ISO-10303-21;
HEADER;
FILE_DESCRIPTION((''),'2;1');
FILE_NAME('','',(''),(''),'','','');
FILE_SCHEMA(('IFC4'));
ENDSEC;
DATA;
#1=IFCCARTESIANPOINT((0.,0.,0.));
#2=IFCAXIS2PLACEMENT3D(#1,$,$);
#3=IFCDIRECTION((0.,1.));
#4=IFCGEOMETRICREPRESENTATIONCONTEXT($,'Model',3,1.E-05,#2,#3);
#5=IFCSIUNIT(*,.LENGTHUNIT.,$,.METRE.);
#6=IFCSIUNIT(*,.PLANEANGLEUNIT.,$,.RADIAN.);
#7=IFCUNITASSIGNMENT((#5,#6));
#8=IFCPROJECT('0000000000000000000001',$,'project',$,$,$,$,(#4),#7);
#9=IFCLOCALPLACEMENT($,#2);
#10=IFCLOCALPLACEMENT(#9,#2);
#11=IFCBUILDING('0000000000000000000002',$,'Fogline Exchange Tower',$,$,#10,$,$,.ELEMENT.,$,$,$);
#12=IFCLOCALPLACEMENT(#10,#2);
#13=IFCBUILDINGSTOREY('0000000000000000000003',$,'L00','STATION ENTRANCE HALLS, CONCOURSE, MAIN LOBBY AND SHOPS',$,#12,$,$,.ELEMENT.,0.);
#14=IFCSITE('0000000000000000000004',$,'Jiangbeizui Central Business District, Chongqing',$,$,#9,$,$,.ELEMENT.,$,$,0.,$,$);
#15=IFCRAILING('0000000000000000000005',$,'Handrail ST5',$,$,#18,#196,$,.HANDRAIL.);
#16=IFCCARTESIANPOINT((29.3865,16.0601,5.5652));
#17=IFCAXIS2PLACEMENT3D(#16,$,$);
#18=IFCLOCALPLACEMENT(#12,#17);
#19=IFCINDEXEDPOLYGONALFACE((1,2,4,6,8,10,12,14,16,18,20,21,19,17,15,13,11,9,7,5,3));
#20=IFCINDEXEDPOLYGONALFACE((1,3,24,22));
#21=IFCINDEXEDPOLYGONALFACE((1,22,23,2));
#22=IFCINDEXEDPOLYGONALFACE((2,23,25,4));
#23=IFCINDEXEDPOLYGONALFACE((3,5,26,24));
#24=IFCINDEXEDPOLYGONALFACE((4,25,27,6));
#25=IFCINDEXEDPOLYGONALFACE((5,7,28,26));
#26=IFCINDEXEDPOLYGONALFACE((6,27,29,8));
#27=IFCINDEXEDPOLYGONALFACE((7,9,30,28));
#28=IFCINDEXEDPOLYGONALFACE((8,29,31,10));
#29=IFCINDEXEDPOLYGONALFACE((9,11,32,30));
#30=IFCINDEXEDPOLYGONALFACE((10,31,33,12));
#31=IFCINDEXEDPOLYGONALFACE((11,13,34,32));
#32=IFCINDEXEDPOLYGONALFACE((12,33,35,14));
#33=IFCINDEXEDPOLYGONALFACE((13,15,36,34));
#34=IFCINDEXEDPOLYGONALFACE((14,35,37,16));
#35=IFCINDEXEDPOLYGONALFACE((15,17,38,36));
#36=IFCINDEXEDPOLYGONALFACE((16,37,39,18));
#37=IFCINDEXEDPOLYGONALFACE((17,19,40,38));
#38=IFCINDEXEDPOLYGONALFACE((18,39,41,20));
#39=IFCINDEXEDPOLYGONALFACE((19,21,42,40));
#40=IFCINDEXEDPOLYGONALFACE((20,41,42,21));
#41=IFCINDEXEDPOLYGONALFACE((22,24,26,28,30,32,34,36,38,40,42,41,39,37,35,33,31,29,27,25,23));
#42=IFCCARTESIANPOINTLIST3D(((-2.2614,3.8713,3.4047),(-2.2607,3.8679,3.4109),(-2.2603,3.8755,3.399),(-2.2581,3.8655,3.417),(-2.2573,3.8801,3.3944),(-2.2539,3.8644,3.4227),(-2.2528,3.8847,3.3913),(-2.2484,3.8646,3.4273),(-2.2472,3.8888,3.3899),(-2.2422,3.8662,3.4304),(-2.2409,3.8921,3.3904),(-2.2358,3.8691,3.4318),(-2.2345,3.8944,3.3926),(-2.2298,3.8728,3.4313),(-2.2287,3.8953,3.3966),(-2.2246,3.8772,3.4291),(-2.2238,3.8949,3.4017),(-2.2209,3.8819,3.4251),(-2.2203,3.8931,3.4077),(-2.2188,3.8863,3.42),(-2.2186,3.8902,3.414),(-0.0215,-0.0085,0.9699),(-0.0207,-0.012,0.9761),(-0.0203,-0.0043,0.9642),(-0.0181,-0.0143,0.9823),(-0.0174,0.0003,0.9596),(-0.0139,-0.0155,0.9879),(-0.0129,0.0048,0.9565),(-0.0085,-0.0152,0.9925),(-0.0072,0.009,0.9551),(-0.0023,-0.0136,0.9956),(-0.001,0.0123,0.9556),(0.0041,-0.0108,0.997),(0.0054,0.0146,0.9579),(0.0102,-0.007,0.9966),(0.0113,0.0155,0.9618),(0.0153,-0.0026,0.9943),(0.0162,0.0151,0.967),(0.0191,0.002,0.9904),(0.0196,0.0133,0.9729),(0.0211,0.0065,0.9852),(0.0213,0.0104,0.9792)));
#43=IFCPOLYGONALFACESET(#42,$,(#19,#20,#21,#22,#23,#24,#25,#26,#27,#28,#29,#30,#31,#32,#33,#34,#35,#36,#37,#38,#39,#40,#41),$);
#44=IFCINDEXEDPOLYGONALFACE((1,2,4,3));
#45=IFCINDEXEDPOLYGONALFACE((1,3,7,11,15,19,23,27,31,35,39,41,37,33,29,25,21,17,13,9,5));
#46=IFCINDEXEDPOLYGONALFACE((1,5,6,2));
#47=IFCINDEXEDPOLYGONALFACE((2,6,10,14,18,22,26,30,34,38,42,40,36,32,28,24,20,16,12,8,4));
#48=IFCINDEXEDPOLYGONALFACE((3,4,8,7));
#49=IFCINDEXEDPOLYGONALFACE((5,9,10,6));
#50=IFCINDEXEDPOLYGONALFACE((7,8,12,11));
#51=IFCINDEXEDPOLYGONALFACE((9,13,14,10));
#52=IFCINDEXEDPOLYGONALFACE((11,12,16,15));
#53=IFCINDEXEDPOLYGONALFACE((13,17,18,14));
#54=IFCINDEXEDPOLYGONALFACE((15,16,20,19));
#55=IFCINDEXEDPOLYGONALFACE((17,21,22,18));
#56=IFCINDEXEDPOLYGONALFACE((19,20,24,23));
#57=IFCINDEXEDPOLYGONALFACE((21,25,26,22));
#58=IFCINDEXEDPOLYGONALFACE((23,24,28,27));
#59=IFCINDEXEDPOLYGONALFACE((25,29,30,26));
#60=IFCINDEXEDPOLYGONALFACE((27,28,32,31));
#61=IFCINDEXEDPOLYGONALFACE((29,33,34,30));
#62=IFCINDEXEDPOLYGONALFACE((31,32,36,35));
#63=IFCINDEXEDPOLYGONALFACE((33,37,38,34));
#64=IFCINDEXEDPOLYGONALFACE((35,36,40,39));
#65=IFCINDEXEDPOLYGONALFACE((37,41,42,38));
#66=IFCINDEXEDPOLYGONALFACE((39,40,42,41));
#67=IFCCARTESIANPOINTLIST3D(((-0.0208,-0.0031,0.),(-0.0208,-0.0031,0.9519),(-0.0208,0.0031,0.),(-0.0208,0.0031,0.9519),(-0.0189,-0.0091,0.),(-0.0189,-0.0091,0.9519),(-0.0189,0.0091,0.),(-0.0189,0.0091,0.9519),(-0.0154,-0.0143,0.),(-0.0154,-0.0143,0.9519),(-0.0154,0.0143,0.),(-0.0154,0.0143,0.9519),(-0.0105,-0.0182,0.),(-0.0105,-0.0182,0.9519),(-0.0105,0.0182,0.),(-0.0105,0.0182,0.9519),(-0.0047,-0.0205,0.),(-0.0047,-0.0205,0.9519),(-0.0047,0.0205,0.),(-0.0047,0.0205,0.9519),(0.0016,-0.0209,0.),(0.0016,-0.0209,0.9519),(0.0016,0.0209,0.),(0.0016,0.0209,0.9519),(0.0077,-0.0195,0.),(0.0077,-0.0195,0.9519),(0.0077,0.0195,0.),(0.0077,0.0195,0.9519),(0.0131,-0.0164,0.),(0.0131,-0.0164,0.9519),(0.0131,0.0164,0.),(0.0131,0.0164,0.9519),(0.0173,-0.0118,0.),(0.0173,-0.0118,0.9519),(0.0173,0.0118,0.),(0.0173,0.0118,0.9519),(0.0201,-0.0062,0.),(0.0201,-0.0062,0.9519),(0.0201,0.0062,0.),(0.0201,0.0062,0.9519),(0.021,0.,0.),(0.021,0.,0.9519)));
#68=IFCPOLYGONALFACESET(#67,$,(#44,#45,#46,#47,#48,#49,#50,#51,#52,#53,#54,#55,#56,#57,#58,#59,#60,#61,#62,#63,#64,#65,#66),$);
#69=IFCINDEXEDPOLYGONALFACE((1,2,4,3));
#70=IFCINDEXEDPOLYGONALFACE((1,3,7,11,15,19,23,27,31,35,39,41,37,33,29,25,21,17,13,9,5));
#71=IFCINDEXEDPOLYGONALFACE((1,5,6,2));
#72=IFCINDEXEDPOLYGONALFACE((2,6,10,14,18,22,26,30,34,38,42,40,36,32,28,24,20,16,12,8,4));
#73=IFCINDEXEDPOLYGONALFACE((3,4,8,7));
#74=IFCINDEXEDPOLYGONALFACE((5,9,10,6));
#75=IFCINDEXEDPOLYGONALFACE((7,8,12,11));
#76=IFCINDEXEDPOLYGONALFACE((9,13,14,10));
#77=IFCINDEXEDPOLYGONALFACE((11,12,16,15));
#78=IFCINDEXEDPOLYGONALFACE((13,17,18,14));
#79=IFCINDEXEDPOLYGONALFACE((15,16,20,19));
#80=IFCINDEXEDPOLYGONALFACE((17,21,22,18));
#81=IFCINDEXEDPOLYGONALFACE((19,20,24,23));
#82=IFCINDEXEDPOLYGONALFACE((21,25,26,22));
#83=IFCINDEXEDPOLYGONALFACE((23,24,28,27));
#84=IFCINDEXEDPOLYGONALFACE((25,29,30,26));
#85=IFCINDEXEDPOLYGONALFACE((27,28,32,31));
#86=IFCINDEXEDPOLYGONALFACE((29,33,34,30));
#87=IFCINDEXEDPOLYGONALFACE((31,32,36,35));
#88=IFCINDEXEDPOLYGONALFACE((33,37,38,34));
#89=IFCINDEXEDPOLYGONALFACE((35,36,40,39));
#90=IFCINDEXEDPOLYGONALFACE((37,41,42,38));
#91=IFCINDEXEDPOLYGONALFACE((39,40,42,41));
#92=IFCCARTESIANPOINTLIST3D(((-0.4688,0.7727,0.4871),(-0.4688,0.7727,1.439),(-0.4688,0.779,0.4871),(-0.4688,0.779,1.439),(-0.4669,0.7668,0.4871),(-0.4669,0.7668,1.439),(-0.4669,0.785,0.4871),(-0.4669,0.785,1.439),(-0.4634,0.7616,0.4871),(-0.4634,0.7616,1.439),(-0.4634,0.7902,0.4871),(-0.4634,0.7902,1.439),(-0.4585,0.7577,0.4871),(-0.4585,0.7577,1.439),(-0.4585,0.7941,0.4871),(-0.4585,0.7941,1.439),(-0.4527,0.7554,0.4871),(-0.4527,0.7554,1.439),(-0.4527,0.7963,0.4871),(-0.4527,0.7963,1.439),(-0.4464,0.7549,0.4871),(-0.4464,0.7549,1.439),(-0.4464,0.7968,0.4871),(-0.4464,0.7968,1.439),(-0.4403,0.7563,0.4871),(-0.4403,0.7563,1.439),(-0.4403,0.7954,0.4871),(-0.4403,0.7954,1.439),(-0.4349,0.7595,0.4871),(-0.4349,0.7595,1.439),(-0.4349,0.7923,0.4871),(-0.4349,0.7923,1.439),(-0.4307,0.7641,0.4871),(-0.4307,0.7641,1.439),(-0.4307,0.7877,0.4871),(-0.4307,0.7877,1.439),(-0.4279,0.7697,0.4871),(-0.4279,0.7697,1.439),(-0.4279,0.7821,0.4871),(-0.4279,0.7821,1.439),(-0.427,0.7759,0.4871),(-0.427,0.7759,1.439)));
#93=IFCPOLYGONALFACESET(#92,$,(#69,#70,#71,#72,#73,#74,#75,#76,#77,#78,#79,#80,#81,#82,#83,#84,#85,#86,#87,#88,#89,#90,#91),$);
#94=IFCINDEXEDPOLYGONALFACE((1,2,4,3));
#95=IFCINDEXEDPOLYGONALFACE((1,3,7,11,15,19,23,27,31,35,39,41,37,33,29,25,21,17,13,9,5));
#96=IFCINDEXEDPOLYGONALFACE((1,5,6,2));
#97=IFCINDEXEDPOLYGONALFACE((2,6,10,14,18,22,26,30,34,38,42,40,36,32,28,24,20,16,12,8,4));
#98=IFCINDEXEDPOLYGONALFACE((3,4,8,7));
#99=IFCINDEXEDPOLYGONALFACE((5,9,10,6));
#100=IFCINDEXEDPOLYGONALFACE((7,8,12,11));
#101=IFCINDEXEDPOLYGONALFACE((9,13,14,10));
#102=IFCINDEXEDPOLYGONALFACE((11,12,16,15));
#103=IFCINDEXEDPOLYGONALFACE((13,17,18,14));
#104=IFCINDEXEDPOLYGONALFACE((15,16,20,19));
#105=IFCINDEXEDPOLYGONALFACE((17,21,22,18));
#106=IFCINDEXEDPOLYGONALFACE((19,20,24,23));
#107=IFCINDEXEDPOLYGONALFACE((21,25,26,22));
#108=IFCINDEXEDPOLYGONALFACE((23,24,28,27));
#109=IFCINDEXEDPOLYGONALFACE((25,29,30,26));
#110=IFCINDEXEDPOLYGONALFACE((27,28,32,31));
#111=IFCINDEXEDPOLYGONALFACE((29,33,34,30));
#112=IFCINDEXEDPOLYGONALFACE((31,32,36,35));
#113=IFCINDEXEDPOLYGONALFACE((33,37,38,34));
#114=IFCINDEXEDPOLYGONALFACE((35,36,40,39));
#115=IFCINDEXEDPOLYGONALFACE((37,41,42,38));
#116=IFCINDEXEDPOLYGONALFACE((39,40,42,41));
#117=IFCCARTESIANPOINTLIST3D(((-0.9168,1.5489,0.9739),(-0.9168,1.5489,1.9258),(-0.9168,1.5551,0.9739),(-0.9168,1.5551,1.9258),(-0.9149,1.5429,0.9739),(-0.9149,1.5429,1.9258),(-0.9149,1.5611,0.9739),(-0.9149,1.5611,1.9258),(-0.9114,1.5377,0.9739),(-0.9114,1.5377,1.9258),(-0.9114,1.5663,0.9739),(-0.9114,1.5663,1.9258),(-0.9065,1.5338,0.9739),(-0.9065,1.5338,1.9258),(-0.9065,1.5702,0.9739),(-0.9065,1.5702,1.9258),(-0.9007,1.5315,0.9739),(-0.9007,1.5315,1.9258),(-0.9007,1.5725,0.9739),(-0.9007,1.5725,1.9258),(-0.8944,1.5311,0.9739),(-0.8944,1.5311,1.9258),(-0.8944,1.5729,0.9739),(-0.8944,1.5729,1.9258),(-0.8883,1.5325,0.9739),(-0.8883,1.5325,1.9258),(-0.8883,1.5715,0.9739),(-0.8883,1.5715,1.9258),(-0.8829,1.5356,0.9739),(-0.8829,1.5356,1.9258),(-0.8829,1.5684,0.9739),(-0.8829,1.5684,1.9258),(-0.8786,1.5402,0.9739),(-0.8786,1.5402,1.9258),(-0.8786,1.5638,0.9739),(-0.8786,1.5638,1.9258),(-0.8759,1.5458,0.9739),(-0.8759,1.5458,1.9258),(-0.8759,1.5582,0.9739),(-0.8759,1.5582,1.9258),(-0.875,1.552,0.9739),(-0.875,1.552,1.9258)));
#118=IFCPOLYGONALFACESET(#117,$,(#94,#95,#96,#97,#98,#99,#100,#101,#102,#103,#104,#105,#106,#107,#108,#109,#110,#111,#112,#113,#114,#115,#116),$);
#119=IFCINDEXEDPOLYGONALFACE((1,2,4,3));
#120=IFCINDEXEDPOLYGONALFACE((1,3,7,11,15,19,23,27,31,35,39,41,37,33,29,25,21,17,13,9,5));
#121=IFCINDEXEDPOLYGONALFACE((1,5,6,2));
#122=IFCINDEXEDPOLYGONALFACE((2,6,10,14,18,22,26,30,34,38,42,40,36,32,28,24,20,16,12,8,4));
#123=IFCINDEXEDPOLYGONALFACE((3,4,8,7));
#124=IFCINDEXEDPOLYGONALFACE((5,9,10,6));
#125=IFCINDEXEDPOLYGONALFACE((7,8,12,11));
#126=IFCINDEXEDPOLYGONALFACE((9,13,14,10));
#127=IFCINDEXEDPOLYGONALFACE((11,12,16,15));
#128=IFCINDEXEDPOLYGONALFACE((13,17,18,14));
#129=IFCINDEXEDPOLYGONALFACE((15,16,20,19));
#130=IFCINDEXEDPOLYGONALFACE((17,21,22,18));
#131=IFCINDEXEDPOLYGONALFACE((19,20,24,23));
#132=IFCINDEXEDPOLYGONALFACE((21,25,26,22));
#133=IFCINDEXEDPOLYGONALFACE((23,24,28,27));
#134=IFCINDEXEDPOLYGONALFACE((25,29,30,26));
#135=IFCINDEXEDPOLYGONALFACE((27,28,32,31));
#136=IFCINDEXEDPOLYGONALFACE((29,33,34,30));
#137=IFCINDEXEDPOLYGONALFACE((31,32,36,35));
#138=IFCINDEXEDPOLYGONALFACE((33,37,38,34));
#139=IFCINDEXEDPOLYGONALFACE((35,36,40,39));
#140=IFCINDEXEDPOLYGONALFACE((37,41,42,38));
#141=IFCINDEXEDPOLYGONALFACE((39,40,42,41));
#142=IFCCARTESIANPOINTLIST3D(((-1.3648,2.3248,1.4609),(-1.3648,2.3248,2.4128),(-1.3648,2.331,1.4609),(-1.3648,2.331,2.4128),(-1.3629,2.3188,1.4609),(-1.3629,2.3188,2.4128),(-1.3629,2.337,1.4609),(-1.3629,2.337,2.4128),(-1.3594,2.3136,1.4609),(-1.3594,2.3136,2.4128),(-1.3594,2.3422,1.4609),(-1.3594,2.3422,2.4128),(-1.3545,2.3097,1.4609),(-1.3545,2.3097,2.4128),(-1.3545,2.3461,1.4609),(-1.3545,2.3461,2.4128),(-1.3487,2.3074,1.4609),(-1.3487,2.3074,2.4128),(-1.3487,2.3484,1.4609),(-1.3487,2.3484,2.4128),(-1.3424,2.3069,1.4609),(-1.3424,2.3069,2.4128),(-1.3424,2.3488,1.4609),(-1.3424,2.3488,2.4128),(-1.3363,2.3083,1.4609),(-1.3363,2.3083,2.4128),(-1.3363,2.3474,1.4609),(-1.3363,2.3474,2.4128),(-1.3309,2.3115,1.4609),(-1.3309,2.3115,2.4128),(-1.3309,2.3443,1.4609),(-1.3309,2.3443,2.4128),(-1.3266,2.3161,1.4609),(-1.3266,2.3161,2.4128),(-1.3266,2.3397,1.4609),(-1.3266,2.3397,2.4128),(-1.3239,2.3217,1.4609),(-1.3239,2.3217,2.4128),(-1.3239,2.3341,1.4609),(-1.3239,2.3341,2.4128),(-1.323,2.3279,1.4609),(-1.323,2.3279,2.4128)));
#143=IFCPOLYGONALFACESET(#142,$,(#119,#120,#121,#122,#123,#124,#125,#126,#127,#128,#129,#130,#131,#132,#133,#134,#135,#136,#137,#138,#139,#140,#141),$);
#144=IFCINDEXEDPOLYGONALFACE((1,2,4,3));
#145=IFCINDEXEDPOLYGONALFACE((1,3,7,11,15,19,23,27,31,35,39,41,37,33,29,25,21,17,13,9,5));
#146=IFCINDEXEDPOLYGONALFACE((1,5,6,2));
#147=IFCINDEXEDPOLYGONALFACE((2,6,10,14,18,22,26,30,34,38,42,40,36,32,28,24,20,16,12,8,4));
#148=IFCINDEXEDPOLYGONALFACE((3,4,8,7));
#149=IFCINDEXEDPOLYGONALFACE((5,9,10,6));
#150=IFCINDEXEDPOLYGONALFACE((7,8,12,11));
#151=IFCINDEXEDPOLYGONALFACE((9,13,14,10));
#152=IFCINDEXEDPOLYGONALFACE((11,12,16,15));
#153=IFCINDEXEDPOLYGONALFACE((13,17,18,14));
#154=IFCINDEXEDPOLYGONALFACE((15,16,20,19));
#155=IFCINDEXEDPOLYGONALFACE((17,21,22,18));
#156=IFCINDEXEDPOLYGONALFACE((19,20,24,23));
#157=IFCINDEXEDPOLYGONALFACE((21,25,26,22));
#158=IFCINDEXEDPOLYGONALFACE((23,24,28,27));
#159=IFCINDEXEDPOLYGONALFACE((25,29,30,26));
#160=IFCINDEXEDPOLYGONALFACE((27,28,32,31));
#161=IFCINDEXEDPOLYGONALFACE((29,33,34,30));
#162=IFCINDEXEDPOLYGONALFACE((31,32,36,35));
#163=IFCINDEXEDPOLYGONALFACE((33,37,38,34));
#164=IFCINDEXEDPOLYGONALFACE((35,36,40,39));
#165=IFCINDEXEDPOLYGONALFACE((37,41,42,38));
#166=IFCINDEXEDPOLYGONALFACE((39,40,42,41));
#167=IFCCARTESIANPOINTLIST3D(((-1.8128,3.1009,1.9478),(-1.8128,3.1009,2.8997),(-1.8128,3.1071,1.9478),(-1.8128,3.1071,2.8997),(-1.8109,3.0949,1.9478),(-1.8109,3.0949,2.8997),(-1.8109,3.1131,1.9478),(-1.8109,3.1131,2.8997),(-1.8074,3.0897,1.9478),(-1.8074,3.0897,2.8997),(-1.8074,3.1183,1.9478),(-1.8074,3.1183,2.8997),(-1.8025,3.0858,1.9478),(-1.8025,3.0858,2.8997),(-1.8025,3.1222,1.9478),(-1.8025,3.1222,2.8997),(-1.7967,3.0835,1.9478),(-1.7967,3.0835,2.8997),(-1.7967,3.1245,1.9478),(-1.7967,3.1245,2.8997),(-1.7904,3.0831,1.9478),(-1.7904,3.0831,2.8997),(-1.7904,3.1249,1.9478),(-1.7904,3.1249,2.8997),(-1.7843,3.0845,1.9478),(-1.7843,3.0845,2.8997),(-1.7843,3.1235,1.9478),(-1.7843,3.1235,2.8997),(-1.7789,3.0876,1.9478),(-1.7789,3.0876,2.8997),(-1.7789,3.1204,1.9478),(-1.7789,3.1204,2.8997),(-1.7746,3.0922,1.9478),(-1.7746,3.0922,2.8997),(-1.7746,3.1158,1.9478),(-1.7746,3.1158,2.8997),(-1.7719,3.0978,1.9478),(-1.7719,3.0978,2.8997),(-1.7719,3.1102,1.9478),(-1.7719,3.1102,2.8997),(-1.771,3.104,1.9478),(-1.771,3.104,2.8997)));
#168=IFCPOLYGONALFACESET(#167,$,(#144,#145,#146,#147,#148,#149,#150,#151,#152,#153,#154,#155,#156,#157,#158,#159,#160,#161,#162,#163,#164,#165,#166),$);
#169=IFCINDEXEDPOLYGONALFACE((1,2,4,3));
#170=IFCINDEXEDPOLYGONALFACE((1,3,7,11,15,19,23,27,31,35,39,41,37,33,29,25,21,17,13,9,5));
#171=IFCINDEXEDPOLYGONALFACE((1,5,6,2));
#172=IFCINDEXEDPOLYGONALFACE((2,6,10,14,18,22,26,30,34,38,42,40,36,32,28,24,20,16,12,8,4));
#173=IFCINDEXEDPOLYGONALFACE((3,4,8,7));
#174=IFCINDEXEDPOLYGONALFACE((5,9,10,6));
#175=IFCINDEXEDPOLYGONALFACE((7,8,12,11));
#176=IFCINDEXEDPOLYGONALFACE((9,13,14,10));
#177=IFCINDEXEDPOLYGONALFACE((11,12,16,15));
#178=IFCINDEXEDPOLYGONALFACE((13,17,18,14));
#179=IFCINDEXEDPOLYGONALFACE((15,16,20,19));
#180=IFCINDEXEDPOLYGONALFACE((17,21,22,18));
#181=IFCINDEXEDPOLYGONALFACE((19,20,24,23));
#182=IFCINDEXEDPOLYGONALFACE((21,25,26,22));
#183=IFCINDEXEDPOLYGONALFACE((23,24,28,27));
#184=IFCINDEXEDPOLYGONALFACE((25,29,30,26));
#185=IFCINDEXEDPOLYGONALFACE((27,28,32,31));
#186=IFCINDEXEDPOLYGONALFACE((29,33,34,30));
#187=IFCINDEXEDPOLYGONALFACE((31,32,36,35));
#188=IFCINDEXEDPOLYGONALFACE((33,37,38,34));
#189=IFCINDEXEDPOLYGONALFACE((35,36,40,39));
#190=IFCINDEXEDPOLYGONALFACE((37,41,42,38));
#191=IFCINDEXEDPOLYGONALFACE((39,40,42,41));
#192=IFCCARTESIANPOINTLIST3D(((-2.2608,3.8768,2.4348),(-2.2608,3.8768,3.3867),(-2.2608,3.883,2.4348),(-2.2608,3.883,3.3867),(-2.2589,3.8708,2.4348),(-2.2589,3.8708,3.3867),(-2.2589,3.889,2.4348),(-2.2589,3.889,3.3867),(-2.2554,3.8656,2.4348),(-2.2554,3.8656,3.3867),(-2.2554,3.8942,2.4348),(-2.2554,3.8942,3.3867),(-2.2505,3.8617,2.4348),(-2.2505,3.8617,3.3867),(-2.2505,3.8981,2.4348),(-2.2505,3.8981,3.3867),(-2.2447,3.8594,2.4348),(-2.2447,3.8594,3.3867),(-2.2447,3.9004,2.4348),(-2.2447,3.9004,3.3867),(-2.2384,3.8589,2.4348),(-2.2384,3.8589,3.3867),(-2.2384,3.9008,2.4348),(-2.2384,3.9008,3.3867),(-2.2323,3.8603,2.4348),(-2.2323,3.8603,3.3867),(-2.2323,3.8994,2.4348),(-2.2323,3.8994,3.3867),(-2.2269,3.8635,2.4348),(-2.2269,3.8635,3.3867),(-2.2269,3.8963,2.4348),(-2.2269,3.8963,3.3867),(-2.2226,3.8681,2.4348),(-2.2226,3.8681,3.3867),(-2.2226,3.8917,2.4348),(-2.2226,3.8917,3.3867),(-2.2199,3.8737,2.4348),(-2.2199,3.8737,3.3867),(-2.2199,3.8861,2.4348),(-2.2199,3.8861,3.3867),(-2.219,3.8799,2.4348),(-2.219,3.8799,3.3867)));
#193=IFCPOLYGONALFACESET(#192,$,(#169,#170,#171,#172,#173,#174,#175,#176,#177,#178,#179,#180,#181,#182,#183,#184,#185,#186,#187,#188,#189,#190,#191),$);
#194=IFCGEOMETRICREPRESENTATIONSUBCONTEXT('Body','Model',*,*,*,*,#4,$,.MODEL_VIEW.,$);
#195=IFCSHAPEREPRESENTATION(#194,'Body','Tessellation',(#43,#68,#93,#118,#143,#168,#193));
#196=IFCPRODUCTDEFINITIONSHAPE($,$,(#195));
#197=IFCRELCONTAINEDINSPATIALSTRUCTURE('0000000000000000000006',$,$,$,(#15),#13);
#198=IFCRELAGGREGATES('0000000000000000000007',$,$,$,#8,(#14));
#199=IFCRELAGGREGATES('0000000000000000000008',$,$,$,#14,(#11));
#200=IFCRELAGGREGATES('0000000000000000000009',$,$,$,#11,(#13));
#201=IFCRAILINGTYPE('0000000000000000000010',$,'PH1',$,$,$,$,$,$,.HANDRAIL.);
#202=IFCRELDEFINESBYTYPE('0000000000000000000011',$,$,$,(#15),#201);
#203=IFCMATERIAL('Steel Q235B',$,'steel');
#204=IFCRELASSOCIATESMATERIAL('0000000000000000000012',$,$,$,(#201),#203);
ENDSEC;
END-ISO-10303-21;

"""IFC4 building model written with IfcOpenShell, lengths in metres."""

from ifc_helpers import new_model, si_unit, direction, frame, origin, origin_2d, place, context, subcontext, project, spatial, circle, extrude, material, type_object, element, save


model = new_model("IFC4")

# Units and contexts
model_context = context("Model", 3, precision=1e-05, world=origin(), true_north=direction((0.0, 1.0)))
body_context = subcontext(model_context, "Body", "Model", "MODEL_VIEW")
ifc_project = project(units=[si_unit("LENGTHUNIT", "METRE"), si_unit("PLANEANGLEUNIT", "RADIAN")], contexts=[model_context])

# Site, building, storey
site_placement = place(None, origin())
site = spatial("IfcSite", under=ifc_project, at=site_placement, Name="Jiangbeizui Central Business District, Chongqing", CompositionType="ELEMENT", RefElevation=0.0)
building_placement = place(site_placement, origin())
building = spatial("IfcBuilding", under=site, at=building_placement, Name="Fogline Exchange Tower", CompositionType="ELEMENT")
storey_placement = place(building_placement, origin())
storey = spatial("IfcBuildingStorey", under=building, at=storey_placement, Name="L00", Description="STATION ENTRANCE HALLS, CONCOURSE, MAIN LOBBY AND SHOPS", CompositionType="ELEMENT", Elevation=0.0)

# Shared definitions
ifc_material_1 = material(Name="Steel Q235B", Category="steel")

# Railing
railing_type_1 = type_object("IfcRailingType", Name="PH1", PredefinedType="HANDRAIL", material=ifc_material_1)
for number, where, name in (
    (1, (29.3865, 16.0601, 5.5652), "Handrail ST5"),
):
    element("IfcRailing", number, at=place(storey_placement, frame(where)), inside=storey, type_object=railing_type_1, Name=name, PredefinedType="HANDRAIL", context=body_context, shape_type="SweptSolid", body=[
        extrude(circle(Radius=0.0239, at=origin_2d()), frame((0.0, 0.0, 0.9761), z_axis=(-0.439304, 0.760917, 0.477512), x_axis=(-0.866031, -0.49999, 0.0)), (0.0, 0.0, 1.0), 5.0989),
        extrude(circle(Radius=0.021, at=origin_2d()), origin(), (0.0, 0.0, 1.0), 0.9519),
        extrude(circle(Radius=0.021, at=origin_2d()), frame((-0.448, 0.7759, 0.4871)), (0.0, 0.0, 1.0), 0.9519),
        extrude(circle(Radius=0.021, at=origin_2d()), frame((-0.896, 1.552, 0.9739)), (0.0, 0.0, 1.0), 0.9519),
        extrude(circle(Radius=0.021, at=origin_2d()), frame((-1.344, 2.3279, 1.4609)), (0.0, 0.0, 1.0), 0.9519),
        extrude(circle(Radius=0.021, at=origin_2d()), frame((-1.792, 3.104, 1.9478)), (0.0, 0.0, 1.0), 0.9519),
        extrude(circle(Radius=0.021, at=origin_2d()), frame((-2.24, 3.8799, 2.4348)), (0.0, 0.0, 1.0), 0.9519),
    ])

save(model, "model.ifc")
